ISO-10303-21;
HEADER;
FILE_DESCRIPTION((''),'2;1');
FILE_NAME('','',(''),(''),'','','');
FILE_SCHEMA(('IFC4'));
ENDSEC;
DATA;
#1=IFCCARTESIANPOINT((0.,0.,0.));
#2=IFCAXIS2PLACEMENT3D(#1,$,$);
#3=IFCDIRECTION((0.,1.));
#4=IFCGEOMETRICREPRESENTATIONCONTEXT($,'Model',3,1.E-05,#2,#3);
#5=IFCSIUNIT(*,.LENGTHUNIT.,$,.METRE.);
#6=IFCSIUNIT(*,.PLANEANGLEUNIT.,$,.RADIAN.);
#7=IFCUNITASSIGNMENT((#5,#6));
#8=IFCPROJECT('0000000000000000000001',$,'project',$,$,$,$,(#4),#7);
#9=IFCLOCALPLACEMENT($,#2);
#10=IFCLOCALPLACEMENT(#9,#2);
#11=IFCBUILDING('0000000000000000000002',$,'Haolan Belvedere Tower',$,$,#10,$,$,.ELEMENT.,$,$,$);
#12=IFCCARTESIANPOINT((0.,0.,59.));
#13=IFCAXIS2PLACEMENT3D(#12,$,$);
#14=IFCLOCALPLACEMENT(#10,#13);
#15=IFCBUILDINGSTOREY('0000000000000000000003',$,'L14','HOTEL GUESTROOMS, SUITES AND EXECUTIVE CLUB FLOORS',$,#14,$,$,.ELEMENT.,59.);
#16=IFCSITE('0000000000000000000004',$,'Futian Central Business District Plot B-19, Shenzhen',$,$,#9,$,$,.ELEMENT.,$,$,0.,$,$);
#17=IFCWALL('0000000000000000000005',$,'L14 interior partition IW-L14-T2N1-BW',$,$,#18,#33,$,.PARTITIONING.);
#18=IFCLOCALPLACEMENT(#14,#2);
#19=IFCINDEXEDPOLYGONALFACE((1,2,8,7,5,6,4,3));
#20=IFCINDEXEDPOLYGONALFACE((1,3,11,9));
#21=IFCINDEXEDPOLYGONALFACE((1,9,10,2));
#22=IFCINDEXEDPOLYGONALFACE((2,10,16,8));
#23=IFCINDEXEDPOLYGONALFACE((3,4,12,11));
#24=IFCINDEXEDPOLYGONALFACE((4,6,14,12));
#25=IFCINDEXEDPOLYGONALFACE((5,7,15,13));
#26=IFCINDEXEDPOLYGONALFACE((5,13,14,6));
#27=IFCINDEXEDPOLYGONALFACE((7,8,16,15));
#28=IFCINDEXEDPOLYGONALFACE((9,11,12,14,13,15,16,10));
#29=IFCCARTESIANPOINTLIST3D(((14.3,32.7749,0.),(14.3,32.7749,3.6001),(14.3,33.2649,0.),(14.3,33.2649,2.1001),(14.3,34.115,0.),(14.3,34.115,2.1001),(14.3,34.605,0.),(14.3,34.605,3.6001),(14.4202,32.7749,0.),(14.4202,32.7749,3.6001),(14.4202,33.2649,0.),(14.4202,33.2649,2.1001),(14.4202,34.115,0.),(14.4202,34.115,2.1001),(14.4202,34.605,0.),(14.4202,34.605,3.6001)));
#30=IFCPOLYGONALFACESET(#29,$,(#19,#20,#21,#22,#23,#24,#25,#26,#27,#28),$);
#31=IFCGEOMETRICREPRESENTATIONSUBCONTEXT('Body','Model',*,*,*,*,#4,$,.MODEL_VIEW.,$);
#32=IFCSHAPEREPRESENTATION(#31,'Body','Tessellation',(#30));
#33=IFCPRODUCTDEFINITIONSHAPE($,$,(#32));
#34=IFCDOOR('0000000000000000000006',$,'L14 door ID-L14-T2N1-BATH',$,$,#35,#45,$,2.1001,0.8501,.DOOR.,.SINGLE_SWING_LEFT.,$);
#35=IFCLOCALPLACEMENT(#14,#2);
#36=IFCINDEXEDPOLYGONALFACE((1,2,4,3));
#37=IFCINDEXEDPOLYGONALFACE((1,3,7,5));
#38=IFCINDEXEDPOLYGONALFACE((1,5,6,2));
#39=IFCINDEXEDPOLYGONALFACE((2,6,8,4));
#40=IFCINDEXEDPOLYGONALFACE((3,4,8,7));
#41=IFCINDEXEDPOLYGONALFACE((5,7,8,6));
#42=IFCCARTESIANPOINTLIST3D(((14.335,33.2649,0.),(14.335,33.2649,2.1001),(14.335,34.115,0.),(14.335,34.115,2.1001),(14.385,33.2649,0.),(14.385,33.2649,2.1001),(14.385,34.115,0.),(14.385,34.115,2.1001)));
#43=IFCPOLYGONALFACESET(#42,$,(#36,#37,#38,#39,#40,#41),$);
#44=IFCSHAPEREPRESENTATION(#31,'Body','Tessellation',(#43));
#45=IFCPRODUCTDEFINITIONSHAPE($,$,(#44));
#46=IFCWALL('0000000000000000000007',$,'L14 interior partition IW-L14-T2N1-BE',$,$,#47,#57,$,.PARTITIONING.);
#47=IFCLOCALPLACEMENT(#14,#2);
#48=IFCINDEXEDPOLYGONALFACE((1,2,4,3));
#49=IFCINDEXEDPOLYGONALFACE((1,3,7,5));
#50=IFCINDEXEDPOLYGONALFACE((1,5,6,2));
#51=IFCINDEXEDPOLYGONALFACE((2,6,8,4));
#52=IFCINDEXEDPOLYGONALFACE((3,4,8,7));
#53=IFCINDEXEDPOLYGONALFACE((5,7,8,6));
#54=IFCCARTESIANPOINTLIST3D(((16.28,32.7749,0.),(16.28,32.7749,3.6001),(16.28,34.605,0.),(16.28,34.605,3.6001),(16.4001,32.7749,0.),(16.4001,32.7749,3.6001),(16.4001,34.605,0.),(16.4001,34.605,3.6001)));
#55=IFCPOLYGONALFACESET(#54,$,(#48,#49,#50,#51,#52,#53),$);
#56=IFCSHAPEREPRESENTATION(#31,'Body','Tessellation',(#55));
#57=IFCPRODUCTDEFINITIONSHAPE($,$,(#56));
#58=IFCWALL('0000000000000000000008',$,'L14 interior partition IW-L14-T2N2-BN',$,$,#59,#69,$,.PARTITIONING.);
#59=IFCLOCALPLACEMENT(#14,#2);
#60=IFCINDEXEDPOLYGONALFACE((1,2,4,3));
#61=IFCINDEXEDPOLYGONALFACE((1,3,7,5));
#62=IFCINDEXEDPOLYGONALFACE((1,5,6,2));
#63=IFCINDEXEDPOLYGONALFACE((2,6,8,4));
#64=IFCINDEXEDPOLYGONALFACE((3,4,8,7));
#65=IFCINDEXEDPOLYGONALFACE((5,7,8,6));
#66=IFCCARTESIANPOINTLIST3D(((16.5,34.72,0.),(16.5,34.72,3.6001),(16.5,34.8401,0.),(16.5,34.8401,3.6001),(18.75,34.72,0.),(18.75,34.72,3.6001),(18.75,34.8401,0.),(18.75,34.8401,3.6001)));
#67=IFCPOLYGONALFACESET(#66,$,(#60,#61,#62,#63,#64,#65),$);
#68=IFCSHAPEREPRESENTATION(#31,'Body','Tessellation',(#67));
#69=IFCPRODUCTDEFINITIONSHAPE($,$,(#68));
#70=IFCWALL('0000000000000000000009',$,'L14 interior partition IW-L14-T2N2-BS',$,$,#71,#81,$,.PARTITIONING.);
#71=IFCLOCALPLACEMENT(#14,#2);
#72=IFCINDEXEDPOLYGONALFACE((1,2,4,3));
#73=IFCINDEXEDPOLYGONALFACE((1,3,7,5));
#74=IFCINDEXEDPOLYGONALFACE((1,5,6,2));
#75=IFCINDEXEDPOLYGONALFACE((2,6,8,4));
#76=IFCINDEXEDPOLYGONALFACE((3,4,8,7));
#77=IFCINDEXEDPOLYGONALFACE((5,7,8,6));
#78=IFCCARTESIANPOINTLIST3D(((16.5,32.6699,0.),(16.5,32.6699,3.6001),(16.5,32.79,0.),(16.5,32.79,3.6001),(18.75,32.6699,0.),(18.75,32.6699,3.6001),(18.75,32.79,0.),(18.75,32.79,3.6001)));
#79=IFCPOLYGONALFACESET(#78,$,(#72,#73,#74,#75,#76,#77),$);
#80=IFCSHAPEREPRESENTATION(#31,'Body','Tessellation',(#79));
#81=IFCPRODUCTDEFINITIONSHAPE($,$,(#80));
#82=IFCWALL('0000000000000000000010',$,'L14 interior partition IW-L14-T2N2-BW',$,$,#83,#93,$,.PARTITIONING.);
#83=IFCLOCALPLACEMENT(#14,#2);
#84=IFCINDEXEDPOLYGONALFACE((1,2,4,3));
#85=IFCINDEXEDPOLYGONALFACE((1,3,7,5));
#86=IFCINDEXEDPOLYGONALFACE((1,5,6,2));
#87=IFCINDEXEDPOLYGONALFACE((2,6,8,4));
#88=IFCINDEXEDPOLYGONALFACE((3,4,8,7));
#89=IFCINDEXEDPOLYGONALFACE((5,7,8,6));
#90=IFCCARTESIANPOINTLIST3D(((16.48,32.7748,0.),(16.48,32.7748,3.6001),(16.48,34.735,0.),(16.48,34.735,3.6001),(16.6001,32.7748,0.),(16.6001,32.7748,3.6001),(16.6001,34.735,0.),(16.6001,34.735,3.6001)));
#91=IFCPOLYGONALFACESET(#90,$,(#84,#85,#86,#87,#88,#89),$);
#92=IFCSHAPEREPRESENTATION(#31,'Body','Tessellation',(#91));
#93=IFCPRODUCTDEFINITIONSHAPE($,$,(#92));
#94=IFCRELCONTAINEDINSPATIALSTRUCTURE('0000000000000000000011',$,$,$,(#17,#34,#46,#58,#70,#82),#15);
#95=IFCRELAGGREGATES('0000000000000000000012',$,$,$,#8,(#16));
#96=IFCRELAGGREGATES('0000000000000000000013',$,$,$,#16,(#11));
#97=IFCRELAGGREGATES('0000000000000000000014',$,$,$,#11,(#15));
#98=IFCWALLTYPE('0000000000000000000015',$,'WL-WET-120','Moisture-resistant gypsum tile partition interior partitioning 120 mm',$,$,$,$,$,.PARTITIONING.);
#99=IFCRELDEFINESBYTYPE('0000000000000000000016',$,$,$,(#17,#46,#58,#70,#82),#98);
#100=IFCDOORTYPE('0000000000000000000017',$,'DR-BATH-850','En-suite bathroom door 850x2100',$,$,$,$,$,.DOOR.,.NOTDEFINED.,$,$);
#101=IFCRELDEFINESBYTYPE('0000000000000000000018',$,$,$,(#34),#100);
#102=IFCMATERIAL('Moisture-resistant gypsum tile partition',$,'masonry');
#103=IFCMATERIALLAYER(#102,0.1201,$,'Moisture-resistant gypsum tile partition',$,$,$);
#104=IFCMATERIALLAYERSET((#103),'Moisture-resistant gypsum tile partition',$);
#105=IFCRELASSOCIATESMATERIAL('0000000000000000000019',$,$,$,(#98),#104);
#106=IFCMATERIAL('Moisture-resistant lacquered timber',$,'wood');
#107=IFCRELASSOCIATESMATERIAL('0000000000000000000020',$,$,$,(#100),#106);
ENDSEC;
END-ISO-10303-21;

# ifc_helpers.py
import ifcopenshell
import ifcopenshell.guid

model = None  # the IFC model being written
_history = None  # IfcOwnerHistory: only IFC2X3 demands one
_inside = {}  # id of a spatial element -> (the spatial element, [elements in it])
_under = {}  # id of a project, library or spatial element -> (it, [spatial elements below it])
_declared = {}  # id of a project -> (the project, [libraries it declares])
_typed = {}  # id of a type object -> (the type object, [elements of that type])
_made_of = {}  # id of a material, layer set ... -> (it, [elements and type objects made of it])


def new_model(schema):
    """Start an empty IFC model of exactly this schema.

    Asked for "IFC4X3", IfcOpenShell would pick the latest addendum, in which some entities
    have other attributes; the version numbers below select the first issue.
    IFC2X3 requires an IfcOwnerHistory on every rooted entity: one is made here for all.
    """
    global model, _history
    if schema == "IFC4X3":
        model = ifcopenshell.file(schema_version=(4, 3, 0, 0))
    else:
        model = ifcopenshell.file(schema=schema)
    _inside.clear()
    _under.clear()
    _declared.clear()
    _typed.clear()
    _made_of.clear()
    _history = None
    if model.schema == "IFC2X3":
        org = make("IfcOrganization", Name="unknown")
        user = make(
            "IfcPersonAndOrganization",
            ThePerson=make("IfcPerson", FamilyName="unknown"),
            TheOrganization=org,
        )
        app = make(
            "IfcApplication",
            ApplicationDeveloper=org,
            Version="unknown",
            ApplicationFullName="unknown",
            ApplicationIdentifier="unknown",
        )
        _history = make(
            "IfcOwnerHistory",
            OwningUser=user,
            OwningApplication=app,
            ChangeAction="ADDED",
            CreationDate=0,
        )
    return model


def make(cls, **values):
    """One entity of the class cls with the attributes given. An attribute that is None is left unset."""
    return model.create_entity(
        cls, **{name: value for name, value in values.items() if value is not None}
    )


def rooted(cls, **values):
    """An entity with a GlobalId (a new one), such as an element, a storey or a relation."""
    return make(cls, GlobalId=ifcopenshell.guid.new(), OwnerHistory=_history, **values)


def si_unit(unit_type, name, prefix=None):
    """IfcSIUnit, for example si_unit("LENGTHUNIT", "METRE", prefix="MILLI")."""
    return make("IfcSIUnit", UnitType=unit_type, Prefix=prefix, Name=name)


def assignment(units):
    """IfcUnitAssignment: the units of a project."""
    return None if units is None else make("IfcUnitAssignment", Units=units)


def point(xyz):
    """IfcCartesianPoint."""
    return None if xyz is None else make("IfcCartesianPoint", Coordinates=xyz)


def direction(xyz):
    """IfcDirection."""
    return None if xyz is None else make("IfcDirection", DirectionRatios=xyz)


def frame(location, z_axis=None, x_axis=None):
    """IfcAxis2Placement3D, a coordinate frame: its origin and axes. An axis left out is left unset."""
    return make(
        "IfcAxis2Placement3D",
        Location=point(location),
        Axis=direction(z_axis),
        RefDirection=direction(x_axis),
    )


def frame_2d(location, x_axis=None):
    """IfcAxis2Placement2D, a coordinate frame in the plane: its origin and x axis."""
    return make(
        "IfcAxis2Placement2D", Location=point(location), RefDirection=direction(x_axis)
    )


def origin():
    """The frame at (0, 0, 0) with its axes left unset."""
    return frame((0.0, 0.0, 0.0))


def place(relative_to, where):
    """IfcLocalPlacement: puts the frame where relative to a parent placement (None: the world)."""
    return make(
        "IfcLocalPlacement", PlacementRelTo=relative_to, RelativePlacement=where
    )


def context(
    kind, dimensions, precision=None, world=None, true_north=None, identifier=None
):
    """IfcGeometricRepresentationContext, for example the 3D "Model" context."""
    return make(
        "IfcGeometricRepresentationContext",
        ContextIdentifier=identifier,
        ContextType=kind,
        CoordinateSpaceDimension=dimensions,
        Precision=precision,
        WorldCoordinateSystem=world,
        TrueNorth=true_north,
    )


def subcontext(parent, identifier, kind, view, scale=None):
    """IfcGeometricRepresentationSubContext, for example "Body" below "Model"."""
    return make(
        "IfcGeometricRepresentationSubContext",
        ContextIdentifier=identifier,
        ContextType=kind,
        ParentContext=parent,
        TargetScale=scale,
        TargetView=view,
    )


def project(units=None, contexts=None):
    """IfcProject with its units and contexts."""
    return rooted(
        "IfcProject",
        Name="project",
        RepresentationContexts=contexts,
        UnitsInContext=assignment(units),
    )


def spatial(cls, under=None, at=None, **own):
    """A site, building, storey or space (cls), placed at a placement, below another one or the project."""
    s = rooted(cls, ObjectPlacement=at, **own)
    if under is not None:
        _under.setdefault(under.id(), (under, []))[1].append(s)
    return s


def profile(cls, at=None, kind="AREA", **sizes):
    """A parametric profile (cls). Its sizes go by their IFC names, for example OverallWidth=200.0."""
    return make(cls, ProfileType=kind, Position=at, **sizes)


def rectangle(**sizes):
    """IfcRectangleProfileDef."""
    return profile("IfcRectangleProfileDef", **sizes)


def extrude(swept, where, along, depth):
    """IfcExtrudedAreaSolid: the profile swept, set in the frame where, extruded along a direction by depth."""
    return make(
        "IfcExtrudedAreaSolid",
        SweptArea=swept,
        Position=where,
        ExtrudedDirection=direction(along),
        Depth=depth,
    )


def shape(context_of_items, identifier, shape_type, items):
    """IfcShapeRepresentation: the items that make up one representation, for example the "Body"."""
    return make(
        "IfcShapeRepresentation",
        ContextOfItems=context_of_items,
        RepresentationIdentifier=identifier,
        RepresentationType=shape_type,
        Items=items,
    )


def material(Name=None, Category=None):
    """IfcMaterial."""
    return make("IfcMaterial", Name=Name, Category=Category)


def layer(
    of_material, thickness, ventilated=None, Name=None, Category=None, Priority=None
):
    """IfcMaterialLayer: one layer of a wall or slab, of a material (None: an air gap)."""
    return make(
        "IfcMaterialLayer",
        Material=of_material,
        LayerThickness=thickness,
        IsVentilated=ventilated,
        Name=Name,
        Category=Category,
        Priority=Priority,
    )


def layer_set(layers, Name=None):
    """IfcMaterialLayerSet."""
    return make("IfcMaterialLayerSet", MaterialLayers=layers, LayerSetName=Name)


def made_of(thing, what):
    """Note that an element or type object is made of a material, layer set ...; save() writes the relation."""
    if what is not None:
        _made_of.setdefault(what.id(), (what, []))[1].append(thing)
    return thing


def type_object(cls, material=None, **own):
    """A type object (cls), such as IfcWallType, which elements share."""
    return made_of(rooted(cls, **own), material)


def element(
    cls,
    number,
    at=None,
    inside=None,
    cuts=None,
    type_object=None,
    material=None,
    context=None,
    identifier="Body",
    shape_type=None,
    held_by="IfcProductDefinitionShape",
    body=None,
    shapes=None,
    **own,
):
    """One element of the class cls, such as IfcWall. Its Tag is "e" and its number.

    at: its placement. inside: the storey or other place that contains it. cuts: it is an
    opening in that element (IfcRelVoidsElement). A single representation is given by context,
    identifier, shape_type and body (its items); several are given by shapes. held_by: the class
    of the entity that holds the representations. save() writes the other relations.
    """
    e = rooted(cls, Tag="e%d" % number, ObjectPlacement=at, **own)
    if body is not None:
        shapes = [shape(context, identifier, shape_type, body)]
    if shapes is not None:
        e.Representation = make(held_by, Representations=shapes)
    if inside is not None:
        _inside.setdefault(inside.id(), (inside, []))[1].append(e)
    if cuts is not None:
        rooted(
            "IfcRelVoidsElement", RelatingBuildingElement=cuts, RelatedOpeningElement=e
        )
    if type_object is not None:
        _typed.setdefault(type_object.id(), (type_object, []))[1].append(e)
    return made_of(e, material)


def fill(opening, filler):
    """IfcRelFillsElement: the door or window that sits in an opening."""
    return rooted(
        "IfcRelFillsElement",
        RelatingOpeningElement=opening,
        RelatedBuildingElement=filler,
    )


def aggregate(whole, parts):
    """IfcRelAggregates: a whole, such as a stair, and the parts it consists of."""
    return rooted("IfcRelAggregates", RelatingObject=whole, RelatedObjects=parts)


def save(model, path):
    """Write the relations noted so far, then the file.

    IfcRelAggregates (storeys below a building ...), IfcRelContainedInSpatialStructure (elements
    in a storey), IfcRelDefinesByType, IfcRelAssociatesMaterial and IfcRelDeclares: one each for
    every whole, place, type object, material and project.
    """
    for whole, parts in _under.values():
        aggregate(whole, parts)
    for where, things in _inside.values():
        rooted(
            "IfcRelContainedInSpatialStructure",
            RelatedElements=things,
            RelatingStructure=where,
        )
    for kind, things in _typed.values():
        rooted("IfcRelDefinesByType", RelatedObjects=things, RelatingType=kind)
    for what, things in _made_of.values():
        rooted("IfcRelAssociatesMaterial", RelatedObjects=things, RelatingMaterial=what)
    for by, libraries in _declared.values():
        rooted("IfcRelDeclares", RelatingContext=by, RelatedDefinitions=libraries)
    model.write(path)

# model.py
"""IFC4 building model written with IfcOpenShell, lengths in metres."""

from ifc_helpers import new_model, si_unit, direction, frame, frame_2d, origin, place, context, subcontext, project, spatial, rectangle, extrude, material, layer, layer_set, type_object, element, fill, save


model = new_model("IFC4")

# Units and contexts
model_context = context("Model", 3, precision=1e-05, world=origin(), true_north=direction((0.0, 1.0)))
body_context = subcontext(model_context, "Body", "Model", "MODEL_VIEW")
ifc_project = project(units=[si_unit("LENGTHUNIT", "METRE"), si_unit("PLANEANGLEUNIT", "RADIAN")], contexts=[model_context])

# Site, building, storey
site_placement = place(None, origin())
site = spatial("IfcSite", under=ifc_project, at=site_placement, Name="Futian Central Business District Plot B-19, Shenzhen", CompositionType="ELEMENT", RefElevation=0.0)
building_placement = place(site_placement, origin())
building = spatial("IfcBuilding", under=site, at=building_placement, Name="Haolan Belvedere Tower", CompositionType="ELEMENT")
storey_placement = place(building_placement, frame((0.0, 0.0, 59.0)))
storey = spatial("IfcBuildingStorey", under=building, at=storey_placement, Name="L14", Description="HOTEL GUESTROOMS, SUITES AND EXECUTIVE CLUB FLOORS", CompositionType="ELEMENT", Elevation=59.0)

# Shared definitions
ifc_material_1 = material(Name="Moisture-resistant gypsum tile partition", Category="masonry")
ifc_layer_1 = layer(ifc_material_1, 0.1201, Name="Moisture-resistant gypsum tile partition")
ifc_layer_set_1 = layer_set([ifc_layer_1], Name="Moisture-resistant gypsum tile partition")
wall_type_1 = type_object("IfcWallType", Name="WL-WET-120", Description="Moisture-resistant gypsum tile partition interior partitioning 120 mm", PredefinedType="PARTITIONING", material=ifc_layer_set_1)

# Wall, opening, door
wall_1_placement = place(storey_placement, frame((14.3601, 32.7749, 0.0), z_axis=(0.0, 0.0, 1.0), x_axis=(0.0, 1.0, 0.0)))
wall_1 = element("IfcWall", 1, at=wall_1_placement, inside=storey, type_object=wall_type_1, Name="L14 interior partition IW-L14-T2N1-BW", PredefinedType="PARTITIONING", context=body_context, shape_type="SweptSolid", body=[
    extrude(rectangle(XDim=1.8301, YDim=0.1201, at=frame_2d((0.915, 0.0))), origin(), (0.0, 0.0, 1.0), 3.6001),
])
opening_1_placement = place(wall_1_placement, frame((1.3401, 0.0, 0.0), z_axis=(0.0, 0.0, 1.0), x_axis=(-1.0, 0.0, 0.0)))
opening_1 = element("IfcOpeningElement", 2, at=opening_1_placement, cuts=wall_1, PredefinedType="OPENING", context=body_context, shape_type="SweptSolid", body=[
    extrude(rectangle(XDim=0.8501, YDim=2.1001, at=frame_2d((0.425, 1.05))), frame((0.0, 0.0701, 0.0), z_axis=(0.0, -1.0, 0.0), x_axis=(1.0, 0.0, 0.0)), (0.0, 0.0, 1.0), 0.1401),
])
ifc_material_2 = material(Name="Moisture-resistant lacquered timber", Category="wood")
door_type_1 = type_object("IfcDoorType", Name="DR-BATH-850", Description="En-suite bathroom door 850x2100", OperationType="NOTDEFINED", PredefinedType="DOOR", material=ifc_material_2)
door_1_placement = place(opening_1_placement, origin())
door_1 = element("IfcDoor", 3, at=door_1_placement, inside=storey, type_object=door_type_1, Name="L14 door ID-L14-T2N1-BATH", OperationType="SINGLE_SWING_LEFT", OverallHeight=2.1001, OverallWidth=0.8501, PredefinedType="DOOR", context=body_context, shape_type="SweptSolid", body=[
    extrude(rectangle(XDim=0.8501, YDim=2.1001, at=frame_2d((0.425, 1.05))), frame((0.0, 0.0249, 0.0), z_axis=(0.0, -1.0, 0.0), x_axis=(1.0, 0.0, 0.0)), (0.0, 0.0, 1.0), 0.05),
])
fill(opening_1, door_1)

# Walls
wall_2_placement = place(storey_placement, frame((16.3401, 32.7749, 0.0), z_axis=(0.0, 0.0, 1.0), x_axis=(0.0, 1.0, 0.0)))
element("IfcWall", 4, at=wall_2_placement, inside=storey, type_object=wall_type_1, Name="L14 interior partition IW-L14-T2N1-BE", PredefinedType="PARTITIONING", context=body_context, shape_type="SweptSolid", body=[
    extrude(rectangle(XDim=1.8301, YDim=0.1201, at=frame_2d((0.915, 0.0))), origin(), (0.0, 0.0, 1.0), 3.6001),
])
for number, where, z_axis, x_axis, name in (
    (5, (16.5, 34.78, 0.0), (0.0, 0.0, 1.0), (1.0, 0.0, 0.0), "L14 interior partition IW-L14-T2N2-BN"),
    (6, (16.5, 32.73, 0.0), (0.0, 0.0, 1.0), (1.0, 0.0, 0.0), "L14 interior partition IW-L14-T2N2-BS"),
):
    element("IfcWall", number, at=place(storey_placement, frame(where, z_axis=z_axis, x_axis=x_axis)), inside=storey, type_object=wall_type_1, Name=name, PredefinedType="PARTITIONING", context=body_context, shape_type="SweptSolid", body=[
        extrude(rectangle(XDim=2.25, YDim=0.1201, at=frame_2d((1.125, 0.0))), origin(), (0.0, 0.0, 1.0), 3.6001),
    ])
wall_3_placement = place(storey_placement, frame((16.54, 32.7749, 0.0), z_axis=(0.0, 0.0, 1.0), x_axis=(0.0, 1.0, 0.0)))
element("IfcWall", 7, at=wall_3_placement, inside=storey, type_object=wall_type_1, Name="L14 interior partition IW-L14-T2N2-BW", PredefinedType="PARTITIONING", context=body_context, shape_type="SweptSolid", body=[
    extrude(rectangle(XDim=1.9602, YDim=0.1201, at=frame_2d((0.98, 0.0))), origin(), (0.0, 0.0, 1.0), 3.6001),
])

save(model, "model.ifc")
